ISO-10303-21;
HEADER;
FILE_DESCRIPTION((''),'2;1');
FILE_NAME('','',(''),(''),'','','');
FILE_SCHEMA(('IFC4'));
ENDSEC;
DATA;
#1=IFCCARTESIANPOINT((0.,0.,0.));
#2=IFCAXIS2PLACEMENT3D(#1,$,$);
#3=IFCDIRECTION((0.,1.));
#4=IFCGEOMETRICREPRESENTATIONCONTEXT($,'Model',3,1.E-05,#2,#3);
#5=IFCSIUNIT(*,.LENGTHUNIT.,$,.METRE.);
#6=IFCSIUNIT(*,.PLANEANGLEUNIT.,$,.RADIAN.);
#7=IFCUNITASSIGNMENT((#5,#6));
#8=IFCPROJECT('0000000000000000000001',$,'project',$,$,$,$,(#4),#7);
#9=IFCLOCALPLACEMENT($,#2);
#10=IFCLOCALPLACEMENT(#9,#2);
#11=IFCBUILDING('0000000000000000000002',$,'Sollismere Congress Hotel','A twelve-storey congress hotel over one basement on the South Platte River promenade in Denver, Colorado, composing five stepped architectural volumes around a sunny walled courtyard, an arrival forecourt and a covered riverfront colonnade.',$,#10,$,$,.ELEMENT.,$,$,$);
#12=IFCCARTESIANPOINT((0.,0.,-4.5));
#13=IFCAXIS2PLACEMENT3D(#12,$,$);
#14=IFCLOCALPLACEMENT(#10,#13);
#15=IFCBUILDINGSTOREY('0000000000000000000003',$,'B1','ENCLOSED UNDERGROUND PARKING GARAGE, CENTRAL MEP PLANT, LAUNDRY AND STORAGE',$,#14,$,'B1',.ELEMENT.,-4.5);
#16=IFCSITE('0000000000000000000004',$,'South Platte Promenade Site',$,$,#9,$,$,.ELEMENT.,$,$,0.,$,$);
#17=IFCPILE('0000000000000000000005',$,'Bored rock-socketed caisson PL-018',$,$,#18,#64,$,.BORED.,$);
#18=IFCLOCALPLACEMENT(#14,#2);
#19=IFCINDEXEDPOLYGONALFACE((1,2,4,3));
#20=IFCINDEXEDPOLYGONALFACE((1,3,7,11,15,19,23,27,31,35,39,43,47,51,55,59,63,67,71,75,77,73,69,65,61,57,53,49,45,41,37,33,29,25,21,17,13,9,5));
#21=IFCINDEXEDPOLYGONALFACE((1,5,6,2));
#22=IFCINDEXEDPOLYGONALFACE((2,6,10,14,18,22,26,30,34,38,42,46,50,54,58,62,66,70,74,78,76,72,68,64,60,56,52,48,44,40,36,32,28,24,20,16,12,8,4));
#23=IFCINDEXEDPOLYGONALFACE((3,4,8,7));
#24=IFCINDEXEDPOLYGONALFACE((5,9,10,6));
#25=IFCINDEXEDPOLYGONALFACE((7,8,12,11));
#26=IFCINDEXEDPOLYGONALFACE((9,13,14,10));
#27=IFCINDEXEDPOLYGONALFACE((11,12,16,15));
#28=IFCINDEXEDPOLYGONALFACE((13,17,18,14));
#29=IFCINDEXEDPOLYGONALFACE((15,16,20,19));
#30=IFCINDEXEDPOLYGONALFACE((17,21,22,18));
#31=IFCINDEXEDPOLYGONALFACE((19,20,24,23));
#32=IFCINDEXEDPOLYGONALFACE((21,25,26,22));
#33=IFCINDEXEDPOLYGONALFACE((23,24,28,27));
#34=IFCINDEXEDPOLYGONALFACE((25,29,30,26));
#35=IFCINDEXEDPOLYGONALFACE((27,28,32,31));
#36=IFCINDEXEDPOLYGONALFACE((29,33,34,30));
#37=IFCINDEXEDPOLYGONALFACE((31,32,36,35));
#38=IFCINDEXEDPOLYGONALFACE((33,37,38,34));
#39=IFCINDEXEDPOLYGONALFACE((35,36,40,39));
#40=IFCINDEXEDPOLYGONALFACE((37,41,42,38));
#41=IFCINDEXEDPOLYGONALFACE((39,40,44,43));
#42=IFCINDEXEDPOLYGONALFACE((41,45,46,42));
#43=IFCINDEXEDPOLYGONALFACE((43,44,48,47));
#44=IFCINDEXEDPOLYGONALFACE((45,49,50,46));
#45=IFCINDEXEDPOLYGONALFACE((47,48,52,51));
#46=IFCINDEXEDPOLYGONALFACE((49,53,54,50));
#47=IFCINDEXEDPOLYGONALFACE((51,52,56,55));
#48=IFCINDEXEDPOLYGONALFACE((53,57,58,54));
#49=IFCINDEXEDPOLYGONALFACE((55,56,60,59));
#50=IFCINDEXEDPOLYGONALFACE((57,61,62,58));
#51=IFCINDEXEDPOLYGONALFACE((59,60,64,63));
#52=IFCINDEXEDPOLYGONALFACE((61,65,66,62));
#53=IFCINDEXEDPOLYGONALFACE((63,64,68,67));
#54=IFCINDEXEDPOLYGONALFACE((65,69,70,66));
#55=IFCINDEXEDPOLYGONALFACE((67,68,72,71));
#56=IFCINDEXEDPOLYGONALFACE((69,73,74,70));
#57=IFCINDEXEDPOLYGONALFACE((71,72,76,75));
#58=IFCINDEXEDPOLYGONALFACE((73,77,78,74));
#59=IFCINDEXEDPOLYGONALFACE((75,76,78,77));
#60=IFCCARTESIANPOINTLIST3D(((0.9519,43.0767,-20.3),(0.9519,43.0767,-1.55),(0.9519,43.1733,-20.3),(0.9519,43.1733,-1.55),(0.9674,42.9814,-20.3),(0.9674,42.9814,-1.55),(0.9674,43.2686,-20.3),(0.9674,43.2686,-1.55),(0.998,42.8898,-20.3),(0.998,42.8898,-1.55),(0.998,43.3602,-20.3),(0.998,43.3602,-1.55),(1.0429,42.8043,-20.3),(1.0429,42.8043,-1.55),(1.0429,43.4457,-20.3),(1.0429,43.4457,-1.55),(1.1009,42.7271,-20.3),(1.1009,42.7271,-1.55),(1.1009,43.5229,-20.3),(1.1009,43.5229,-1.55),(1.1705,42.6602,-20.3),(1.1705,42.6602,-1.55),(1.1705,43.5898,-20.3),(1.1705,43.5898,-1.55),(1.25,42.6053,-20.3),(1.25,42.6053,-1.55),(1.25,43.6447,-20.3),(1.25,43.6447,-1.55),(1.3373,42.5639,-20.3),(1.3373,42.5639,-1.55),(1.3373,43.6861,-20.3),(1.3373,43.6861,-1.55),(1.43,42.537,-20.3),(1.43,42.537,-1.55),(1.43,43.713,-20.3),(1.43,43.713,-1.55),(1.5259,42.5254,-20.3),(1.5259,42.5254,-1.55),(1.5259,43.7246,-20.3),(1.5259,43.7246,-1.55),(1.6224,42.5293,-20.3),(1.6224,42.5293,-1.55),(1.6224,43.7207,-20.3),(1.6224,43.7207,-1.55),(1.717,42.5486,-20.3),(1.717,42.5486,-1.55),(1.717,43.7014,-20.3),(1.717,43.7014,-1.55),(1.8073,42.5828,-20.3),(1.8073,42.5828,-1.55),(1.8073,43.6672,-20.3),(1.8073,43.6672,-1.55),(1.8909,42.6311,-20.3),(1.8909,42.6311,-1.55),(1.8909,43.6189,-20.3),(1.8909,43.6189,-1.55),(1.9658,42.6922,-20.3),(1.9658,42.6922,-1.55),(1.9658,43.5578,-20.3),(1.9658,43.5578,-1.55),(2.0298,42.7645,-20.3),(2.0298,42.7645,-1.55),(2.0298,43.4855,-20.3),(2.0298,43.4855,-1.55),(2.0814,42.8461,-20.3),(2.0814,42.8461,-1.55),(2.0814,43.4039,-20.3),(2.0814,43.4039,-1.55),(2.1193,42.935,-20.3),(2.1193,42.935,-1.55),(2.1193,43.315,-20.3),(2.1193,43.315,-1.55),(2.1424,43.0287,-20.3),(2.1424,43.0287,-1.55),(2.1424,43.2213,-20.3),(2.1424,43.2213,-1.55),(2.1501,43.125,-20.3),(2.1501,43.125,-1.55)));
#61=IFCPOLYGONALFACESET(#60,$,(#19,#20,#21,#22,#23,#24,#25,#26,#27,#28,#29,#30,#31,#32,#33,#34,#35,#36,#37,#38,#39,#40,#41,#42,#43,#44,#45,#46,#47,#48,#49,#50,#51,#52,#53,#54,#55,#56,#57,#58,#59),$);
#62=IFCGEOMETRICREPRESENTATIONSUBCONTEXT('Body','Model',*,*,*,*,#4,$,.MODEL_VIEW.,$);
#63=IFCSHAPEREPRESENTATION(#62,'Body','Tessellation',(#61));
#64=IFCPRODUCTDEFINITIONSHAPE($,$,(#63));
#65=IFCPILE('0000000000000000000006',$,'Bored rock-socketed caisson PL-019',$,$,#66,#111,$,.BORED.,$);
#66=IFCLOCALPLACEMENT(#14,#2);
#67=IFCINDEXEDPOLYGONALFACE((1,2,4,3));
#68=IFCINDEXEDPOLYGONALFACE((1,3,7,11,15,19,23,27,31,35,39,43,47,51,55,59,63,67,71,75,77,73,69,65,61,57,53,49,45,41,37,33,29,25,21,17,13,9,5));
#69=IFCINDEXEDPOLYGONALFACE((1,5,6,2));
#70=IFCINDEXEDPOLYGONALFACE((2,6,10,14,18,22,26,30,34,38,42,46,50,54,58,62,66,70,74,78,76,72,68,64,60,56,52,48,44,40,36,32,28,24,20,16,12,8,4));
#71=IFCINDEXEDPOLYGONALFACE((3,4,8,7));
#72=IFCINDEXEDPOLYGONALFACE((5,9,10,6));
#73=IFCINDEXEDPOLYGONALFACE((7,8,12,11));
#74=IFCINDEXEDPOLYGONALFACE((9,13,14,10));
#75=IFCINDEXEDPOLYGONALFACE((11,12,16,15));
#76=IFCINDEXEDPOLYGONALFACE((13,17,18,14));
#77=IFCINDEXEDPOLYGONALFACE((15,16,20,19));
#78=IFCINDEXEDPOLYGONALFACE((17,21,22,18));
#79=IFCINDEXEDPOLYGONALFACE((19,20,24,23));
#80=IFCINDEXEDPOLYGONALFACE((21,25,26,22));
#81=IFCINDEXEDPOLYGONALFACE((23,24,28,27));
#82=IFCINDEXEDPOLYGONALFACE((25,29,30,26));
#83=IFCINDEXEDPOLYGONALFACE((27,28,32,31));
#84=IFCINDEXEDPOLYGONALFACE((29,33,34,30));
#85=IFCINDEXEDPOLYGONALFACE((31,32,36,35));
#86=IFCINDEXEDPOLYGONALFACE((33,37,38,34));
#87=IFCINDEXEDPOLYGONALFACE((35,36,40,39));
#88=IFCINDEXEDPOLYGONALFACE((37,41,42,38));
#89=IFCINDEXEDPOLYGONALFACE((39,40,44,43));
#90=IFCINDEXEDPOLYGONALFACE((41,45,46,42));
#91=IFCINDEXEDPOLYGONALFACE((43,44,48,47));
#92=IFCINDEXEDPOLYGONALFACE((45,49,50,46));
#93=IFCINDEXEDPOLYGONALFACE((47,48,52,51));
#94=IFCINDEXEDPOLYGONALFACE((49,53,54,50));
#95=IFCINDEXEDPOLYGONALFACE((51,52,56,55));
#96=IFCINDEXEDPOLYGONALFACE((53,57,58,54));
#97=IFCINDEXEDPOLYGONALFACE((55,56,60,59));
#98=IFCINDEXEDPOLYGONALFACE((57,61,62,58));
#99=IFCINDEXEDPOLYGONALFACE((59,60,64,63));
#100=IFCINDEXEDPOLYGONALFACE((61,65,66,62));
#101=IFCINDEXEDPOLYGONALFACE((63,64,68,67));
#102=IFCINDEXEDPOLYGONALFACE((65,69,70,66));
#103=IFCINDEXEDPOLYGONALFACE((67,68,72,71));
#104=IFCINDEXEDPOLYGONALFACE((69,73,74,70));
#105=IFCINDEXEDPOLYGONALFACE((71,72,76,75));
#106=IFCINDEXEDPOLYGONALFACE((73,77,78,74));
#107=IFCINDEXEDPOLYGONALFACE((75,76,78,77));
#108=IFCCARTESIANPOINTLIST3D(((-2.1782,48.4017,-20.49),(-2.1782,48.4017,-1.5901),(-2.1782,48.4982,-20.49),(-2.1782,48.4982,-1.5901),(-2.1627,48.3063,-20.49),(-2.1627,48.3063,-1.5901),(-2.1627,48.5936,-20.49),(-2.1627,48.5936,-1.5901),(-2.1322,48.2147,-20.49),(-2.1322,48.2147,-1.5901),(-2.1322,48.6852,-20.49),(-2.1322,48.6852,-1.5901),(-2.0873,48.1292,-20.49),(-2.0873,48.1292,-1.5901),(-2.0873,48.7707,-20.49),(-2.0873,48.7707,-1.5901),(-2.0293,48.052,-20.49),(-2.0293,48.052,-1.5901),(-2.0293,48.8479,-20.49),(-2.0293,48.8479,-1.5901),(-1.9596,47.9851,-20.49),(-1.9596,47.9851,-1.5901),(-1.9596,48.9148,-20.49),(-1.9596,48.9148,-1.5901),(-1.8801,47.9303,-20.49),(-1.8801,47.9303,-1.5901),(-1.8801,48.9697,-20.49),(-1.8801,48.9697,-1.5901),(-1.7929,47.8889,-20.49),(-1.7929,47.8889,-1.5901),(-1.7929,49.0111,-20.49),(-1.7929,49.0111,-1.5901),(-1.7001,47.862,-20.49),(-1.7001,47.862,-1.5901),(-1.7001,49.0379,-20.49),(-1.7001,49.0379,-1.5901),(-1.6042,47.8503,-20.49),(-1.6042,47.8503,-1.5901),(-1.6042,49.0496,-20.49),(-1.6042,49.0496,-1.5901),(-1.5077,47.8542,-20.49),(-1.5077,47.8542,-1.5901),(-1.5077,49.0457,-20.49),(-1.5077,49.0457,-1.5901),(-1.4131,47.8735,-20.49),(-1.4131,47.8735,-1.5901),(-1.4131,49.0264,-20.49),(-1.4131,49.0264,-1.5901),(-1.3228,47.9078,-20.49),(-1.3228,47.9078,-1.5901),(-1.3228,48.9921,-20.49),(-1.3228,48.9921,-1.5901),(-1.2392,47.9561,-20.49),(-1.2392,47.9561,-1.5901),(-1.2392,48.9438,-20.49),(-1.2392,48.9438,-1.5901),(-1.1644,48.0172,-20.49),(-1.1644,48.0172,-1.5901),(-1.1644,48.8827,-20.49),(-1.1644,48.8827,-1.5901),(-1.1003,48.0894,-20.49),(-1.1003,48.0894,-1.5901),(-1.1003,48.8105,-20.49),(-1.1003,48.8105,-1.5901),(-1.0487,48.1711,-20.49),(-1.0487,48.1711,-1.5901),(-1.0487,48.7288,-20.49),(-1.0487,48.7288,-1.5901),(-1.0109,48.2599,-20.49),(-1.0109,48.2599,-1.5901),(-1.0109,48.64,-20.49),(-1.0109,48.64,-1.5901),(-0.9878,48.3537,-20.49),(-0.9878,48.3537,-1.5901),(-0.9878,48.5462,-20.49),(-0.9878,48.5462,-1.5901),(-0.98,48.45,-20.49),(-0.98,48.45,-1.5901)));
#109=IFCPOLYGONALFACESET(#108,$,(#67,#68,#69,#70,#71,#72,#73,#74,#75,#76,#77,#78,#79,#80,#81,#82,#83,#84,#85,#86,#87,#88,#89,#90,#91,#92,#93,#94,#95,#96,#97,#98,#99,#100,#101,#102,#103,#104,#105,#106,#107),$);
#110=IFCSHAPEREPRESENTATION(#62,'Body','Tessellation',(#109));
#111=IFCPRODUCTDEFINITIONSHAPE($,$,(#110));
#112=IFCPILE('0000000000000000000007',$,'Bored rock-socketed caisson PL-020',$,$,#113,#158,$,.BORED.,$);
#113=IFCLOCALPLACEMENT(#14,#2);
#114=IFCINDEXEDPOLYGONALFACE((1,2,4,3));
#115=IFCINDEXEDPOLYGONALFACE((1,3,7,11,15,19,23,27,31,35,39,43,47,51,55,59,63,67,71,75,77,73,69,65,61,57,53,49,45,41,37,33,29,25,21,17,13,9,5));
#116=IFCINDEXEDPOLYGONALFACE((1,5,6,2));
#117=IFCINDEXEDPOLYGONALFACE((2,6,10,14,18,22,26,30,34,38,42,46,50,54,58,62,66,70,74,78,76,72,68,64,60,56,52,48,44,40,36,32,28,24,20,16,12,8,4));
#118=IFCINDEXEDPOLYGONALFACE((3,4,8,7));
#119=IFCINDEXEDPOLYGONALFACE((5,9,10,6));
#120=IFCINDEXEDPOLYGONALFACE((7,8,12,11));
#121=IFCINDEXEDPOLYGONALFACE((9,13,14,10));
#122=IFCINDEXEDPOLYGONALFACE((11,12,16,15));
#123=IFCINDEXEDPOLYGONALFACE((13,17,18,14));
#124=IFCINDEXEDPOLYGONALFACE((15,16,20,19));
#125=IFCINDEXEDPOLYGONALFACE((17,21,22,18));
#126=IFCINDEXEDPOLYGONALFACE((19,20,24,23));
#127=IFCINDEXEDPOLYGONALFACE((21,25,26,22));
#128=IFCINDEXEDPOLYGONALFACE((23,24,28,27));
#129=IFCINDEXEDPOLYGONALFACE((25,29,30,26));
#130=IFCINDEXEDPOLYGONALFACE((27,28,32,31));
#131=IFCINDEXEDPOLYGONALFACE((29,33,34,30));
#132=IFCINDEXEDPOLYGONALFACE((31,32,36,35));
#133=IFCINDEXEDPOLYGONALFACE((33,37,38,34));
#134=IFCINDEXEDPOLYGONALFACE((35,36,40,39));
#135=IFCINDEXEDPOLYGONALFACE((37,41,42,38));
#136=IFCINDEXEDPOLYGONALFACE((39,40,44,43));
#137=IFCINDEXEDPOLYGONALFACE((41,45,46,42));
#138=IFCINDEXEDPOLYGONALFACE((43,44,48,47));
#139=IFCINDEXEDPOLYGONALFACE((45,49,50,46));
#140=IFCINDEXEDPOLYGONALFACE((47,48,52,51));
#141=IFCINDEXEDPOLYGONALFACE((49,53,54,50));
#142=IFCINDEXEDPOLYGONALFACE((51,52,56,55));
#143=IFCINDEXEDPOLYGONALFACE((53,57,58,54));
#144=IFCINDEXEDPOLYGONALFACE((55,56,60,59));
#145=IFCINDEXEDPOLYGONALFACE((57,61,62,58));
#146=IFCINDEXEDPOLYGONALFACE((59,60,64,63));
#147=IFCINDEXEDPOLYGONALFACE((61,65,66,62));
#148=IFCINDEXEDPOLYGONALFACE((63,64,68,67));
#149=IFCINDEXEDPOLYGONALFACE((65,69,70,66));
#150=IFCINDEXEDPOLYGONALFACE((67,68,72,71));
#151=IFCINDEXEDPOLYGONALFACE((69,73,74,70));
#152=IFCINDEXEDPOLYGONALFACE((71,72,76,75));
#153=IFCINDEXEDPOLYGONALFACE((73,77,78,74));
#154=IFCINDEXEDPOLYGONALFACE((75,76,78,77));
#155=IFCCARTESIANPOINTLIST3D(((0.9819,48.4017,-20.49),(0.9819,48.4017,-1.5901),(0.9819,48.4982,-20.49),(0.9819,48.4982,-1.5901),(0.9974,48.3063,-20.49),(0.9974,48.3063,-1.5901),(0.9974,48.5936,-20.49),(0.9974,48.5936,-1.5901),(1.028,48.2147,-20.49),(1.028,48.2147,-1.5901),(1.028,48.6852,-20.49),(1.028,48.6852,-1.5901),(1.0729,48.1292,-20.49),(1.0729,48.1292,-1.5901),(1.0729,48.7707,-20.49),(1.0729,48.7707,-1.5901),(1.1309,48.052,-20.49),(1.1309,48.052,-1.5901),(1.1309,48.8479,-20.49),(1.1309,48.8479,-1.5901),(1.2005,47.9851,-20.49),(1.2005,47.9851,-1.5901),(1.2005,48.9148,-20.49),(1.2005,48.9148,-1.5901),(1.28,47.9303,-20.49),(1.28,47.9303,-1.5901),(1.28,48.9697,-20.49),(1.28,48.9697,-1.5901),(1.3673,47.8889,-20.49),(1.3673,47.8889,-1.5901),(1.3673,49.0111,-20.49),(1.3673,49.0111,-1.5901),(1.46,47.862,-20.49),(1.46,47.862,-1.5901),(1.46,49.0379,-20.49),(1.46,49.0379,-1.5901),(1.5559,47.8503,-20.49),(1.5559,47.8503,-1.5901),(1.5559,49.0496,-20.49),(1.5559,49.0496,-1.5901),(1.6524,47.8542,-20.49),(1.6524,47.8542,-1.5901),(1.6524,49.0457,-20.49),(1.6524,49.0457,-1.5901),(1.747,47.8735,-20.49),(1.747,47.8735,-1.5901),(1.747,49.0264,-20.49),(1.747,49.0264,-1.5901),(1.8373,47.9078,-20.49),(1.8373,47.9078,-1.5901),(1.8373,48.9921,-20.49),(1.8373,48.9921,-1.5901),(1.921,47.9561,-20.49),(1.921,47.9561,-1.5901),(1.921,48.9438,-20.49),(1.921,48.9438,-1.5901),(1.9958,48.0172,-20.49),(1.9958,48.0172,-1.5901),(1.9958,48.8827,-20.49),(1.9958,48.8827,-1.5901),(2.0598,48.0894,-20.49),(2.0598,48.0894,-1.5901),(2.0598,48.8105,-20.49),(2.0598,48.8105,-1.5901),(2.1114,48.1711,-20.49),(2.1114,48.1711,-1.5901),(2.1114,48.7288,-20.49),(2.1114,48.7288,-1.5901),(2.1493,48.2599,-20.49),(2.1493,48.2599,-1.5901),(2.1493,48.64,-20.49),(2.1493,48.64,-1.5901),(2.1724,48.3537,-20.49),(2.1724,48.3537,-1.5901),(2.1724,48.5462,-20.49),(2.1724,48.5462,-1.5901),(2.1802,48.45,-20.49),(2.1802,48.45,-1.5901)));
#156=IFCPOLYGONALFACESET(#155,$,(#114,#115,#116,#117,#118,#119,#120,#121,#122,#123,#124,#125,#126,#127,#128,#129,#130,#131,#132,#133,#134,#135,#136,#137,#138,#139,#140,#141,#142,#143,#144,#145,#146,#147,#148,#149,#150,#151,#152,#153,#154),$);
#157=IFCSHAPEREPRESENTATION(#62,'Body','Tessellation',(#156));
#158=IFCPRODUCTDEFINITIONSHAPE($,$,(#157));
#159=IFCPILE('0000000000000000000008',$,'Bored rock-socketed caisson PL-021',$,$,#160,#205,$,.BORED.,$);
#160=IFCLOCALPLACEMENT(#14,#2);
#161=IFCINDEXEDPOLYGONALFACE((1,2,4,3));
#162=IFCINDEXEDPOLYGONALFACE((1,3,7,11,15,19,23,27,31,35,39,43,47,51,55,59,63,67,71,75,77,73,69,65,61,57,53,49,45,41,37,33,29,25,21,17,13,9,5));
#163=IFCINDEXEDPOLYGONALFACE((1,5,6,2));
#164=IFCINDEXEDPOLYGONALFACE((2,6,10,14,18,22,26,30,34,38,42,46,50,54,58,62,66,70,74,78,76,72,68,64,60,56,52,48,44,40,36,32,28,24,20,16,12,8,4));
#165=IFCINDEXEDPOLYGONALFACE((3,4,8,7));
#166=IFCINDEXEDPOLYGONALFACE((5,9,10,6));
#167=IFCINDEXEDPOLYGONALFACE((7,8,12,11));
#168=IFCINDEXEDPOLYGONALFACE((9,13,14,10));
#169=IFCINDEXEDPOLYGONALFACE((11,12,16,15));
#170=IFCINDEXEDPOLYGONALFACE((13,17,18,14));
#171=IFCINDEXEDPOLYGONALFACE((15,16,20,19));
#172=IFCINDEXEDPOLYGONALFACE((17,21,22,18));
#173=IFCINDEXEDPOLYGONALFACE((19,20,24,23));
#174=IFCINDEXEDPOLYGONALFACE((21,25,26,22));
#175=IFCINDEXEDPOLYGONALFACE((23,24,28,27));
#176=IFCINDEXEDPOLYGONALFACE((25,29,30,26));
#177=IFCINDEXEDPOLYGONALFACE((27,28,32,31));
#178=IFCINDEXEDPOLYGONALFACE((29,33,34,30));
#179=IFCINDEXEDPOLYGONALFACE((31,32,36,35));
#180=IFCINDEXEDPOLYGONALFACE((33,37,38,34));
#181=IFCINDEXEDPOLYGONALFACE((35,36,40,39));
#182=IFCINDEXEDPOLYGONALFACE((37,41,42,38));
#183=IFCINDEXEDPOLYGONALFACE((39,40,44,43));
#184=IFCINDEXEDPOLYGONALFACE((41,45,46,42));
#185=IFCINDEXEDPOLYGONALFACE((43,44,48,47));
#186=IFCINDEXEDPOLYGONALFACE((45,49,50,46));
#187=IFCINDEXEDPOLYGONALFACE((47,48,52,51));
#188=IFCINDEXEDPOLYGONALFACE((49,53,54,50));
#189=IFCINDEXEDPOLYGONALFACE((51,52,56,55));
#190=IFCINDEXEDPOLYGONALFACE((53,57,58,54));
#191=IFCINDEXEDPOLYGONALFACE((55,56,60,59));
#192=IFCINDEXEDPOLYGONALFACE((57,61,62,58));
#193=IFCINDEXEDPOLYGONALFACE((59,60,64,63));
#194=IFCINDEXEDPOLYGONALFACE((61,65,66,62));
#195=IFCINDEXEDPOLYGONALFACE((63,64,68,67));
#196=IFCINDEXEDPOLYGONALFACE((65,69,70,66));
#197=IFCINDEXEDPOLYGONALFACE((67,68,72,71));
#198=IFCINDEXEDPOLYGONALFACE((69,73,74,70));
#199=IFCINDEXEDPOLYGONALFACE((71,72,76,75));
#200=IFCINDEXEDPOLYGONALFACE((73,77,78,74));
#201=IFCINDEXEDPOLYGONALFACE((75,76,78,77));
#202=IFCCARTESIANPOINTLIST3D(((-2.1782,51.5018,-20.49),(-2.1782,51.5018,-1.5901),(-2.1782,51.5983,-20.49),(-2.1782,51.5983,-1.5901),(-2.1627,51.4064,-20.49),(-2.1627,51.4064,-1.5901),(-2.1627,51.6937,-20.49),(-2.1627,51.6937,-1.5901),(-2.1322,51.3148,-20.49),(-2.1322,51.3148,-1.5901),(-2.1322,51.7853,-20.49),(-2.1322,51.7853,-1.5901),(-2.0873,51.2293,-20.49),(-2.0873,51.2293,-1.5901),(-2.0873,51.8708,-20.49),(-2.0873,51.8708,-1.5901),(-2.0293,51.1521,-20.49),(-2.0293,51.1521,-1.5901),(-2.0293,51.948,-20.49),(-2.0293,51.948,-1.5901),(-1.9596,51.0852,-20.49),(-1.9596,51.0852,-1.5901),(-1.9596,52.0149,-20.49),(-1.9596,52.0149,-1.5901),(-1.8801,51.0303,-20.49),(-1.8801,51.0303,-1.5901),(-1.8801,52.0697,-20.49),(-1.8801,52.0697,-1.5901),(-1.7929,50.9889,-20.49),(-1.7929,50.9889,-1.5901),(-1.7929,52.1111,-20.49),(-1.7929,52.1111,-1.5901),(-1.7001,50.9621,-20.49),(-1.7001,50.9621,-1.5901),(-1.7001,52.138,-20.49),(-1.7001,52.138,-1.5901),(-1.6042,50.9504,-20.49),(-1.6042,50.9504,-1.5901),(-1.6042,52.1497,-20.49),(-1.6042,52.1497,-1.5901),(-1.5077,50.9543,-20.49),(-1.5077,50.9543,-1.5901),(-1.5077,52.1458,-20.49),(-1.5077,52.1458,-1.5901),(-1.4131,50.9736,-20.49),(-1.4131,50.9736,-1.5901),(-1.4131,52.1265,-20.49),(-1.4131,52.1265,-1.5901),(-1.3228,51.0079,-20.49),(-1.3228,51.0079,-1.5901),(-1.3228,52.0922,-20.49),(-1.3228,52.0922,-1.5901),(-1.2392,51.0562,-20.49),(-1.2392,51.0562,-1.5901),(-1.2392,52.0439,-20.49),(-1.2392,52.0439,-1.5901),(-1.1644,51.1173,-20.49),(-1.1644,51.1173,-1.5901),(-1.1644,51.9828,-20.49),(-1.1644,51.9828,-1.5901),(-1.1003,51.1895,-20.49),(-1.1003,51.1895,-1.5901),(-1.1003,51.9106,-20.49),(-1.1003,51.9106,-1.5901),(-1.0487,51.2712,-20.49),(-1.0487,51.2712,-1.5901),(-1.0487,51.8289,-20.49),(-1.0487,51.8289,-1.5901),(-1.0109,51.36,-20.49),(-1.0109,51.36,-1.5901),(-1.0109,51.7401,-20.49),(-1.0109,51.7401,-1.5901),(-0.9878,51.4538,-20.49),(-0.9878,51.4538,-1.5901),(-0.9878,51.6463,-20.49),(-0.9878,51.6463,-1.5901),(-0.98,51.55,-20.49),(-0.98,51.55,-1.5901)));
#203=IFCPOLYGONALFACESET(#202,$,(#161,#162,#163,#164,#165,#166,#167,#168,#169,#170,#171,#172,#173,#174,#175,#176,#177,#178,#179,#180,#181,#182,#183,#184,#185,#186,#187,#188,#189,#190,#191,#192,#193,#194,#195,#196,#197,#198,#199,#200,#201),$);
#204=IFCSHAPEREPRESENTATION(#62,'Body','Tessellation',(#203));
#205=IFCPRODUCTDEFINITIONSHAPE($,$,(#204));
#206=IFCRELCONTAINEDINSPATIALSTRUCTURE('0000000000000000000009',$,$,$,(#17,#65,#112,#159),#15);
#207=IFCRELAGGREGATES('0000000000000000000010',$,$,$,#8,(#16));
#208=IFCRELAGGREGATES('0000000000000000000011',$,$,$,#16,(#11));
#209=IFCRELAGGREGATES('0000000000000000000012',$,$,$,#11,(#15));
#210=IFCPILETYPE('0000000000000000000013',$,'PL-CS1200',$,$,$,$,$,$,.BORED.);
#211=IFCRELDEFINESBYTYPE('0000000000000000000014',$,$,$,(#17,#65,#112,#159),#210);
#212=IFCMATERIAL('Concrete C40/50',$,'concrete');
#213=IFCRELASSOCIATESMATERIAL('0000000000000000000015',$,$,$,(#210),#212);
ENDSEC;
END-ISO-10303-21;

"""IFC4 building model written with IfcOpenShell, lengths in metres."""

from ifc_helpers import new_model, si_unit, direction, frame, origin, origin_2d, place, context, subcontext, project, spatial, circle, extrude, material, material_profile, profile_set, type_object, element, save


model = new_model("IFC4")

# Units and contexts
model_context = context("Model", 3, precision=1e-05, world=origin(), true_north=direction((0.0, 1.0)))
body_context = subcontext(model_context, "Body", "Model", "MODEL_VIEW")
ifc_project = project(units=[si_unit("LENGTHUNIT", "METRE"), si_unit("PLANEANGLEUNIT", "RADIAN")], contexts=[model_context])

# Site, building, storey
site_placement = place(None, origin())
site = spatial("IfcSite", under=ifc_project, at=site_placement, Name="South Platte Promenade Site", CompositionType="ELEMENT", RefElevation=0.0)
building_placement = place(site_placement, origin())
building = spatial("IfcBuilding", under=site, at=building_placement, Name="Sollismere Congress Hotel", Description="A twelve-storey congress hotel over one basement on the South Platte River promenade in Denver, Colorado, composing five stepped architectural volumes around a sunny walled courtyard, an arrival forecourt and a covered riverfront colonnade.", CompositionType="ELEMENT")
storey_placement = place(building_placement, frame((0.0, 0.0, -4.5)))
storey = spatial("IfcBuildingStorey", under=building, at=storey_placement, Name="B1", Description="ENCLOSED UNDERGROUND PARKING GARAGE, CENTRAL MEP PLANT, LAUNDRY AND STORAGE", LongName="B1", CompositionType="ELEMENT", Elevation=-4.5)

# Shared definitions
ifc_material_1 = material(Name="Concrete C40/50", Category="concrete")

# Piles
ifc_material_profile_1 = material_profile(ifc_material_1, circle(Radius=0.6001, at=origin_2d()), Name="CAISSON1200")
ifc_profile_set_1 = profile_set([ifc_material_profile_1], Name="Concrete C40/50")
pile_type = type_object("IfcPileType", Name="PL-CS1200", PredefinedType="BORED", material=ifc_profile_set_1)
for number, where, z_axis, x_axis, name in (
    (1, (1.55, 43.125, -1.55), (0.0, 0.0, -1.0), (1.0, 0.0, 0.0), "Bored rock-socketed caisson PL-018"),
):
    element("IfcPile", number, at=place(storey_placement, frame(where, z_axis=z_axis, x_axis=x_axis)), inside=storey, type_object=pile_type, Name=name, PredefinedType="BORED", context=body_context, shape_type="SweptSolid", body=[
        extrude(circle(Radius=0.6001, at=origin_2d()), origin(), (0.0, 0.0, 1.0), 18.75),
    ])
for number, where, z_axis, x_axis, name in (
    (2, (-1.5801, 48.45, -1.5901), (0.0, 0.0, -1.0), (1.0, 0.0, 0.0), "Bored rock-socketed caisson PL-019"),
    (3, (1.5801, 48.45, -1.5901), (0.0, 0.0, -1.0), (1.0, 0.0, 0.0), "Bored rock-socketed caisson PL-020"),
    (4, (-1.5801, 51.55, -1.5901), (0.0, 0.0, -1.0), (1.0, 0.0, 0.0), "Bored rock-socketed caisson PL-021"),
):
    element("IfcPile", number, at=place(storey_placement, frame(where, z_axis=z_axis, x_axis=x_axis)), inside=storey, type_object=pile_type, Name=name, PredefinedType="BORED", context=body_context, shape_type="SweptSolid", body=[
        extrude(circle(Radius=0.6001, at=origin_2d()), origin(), (0.0, 0.0, 1.0), 18.8999),
    ])

save(model, "model.ifc")
